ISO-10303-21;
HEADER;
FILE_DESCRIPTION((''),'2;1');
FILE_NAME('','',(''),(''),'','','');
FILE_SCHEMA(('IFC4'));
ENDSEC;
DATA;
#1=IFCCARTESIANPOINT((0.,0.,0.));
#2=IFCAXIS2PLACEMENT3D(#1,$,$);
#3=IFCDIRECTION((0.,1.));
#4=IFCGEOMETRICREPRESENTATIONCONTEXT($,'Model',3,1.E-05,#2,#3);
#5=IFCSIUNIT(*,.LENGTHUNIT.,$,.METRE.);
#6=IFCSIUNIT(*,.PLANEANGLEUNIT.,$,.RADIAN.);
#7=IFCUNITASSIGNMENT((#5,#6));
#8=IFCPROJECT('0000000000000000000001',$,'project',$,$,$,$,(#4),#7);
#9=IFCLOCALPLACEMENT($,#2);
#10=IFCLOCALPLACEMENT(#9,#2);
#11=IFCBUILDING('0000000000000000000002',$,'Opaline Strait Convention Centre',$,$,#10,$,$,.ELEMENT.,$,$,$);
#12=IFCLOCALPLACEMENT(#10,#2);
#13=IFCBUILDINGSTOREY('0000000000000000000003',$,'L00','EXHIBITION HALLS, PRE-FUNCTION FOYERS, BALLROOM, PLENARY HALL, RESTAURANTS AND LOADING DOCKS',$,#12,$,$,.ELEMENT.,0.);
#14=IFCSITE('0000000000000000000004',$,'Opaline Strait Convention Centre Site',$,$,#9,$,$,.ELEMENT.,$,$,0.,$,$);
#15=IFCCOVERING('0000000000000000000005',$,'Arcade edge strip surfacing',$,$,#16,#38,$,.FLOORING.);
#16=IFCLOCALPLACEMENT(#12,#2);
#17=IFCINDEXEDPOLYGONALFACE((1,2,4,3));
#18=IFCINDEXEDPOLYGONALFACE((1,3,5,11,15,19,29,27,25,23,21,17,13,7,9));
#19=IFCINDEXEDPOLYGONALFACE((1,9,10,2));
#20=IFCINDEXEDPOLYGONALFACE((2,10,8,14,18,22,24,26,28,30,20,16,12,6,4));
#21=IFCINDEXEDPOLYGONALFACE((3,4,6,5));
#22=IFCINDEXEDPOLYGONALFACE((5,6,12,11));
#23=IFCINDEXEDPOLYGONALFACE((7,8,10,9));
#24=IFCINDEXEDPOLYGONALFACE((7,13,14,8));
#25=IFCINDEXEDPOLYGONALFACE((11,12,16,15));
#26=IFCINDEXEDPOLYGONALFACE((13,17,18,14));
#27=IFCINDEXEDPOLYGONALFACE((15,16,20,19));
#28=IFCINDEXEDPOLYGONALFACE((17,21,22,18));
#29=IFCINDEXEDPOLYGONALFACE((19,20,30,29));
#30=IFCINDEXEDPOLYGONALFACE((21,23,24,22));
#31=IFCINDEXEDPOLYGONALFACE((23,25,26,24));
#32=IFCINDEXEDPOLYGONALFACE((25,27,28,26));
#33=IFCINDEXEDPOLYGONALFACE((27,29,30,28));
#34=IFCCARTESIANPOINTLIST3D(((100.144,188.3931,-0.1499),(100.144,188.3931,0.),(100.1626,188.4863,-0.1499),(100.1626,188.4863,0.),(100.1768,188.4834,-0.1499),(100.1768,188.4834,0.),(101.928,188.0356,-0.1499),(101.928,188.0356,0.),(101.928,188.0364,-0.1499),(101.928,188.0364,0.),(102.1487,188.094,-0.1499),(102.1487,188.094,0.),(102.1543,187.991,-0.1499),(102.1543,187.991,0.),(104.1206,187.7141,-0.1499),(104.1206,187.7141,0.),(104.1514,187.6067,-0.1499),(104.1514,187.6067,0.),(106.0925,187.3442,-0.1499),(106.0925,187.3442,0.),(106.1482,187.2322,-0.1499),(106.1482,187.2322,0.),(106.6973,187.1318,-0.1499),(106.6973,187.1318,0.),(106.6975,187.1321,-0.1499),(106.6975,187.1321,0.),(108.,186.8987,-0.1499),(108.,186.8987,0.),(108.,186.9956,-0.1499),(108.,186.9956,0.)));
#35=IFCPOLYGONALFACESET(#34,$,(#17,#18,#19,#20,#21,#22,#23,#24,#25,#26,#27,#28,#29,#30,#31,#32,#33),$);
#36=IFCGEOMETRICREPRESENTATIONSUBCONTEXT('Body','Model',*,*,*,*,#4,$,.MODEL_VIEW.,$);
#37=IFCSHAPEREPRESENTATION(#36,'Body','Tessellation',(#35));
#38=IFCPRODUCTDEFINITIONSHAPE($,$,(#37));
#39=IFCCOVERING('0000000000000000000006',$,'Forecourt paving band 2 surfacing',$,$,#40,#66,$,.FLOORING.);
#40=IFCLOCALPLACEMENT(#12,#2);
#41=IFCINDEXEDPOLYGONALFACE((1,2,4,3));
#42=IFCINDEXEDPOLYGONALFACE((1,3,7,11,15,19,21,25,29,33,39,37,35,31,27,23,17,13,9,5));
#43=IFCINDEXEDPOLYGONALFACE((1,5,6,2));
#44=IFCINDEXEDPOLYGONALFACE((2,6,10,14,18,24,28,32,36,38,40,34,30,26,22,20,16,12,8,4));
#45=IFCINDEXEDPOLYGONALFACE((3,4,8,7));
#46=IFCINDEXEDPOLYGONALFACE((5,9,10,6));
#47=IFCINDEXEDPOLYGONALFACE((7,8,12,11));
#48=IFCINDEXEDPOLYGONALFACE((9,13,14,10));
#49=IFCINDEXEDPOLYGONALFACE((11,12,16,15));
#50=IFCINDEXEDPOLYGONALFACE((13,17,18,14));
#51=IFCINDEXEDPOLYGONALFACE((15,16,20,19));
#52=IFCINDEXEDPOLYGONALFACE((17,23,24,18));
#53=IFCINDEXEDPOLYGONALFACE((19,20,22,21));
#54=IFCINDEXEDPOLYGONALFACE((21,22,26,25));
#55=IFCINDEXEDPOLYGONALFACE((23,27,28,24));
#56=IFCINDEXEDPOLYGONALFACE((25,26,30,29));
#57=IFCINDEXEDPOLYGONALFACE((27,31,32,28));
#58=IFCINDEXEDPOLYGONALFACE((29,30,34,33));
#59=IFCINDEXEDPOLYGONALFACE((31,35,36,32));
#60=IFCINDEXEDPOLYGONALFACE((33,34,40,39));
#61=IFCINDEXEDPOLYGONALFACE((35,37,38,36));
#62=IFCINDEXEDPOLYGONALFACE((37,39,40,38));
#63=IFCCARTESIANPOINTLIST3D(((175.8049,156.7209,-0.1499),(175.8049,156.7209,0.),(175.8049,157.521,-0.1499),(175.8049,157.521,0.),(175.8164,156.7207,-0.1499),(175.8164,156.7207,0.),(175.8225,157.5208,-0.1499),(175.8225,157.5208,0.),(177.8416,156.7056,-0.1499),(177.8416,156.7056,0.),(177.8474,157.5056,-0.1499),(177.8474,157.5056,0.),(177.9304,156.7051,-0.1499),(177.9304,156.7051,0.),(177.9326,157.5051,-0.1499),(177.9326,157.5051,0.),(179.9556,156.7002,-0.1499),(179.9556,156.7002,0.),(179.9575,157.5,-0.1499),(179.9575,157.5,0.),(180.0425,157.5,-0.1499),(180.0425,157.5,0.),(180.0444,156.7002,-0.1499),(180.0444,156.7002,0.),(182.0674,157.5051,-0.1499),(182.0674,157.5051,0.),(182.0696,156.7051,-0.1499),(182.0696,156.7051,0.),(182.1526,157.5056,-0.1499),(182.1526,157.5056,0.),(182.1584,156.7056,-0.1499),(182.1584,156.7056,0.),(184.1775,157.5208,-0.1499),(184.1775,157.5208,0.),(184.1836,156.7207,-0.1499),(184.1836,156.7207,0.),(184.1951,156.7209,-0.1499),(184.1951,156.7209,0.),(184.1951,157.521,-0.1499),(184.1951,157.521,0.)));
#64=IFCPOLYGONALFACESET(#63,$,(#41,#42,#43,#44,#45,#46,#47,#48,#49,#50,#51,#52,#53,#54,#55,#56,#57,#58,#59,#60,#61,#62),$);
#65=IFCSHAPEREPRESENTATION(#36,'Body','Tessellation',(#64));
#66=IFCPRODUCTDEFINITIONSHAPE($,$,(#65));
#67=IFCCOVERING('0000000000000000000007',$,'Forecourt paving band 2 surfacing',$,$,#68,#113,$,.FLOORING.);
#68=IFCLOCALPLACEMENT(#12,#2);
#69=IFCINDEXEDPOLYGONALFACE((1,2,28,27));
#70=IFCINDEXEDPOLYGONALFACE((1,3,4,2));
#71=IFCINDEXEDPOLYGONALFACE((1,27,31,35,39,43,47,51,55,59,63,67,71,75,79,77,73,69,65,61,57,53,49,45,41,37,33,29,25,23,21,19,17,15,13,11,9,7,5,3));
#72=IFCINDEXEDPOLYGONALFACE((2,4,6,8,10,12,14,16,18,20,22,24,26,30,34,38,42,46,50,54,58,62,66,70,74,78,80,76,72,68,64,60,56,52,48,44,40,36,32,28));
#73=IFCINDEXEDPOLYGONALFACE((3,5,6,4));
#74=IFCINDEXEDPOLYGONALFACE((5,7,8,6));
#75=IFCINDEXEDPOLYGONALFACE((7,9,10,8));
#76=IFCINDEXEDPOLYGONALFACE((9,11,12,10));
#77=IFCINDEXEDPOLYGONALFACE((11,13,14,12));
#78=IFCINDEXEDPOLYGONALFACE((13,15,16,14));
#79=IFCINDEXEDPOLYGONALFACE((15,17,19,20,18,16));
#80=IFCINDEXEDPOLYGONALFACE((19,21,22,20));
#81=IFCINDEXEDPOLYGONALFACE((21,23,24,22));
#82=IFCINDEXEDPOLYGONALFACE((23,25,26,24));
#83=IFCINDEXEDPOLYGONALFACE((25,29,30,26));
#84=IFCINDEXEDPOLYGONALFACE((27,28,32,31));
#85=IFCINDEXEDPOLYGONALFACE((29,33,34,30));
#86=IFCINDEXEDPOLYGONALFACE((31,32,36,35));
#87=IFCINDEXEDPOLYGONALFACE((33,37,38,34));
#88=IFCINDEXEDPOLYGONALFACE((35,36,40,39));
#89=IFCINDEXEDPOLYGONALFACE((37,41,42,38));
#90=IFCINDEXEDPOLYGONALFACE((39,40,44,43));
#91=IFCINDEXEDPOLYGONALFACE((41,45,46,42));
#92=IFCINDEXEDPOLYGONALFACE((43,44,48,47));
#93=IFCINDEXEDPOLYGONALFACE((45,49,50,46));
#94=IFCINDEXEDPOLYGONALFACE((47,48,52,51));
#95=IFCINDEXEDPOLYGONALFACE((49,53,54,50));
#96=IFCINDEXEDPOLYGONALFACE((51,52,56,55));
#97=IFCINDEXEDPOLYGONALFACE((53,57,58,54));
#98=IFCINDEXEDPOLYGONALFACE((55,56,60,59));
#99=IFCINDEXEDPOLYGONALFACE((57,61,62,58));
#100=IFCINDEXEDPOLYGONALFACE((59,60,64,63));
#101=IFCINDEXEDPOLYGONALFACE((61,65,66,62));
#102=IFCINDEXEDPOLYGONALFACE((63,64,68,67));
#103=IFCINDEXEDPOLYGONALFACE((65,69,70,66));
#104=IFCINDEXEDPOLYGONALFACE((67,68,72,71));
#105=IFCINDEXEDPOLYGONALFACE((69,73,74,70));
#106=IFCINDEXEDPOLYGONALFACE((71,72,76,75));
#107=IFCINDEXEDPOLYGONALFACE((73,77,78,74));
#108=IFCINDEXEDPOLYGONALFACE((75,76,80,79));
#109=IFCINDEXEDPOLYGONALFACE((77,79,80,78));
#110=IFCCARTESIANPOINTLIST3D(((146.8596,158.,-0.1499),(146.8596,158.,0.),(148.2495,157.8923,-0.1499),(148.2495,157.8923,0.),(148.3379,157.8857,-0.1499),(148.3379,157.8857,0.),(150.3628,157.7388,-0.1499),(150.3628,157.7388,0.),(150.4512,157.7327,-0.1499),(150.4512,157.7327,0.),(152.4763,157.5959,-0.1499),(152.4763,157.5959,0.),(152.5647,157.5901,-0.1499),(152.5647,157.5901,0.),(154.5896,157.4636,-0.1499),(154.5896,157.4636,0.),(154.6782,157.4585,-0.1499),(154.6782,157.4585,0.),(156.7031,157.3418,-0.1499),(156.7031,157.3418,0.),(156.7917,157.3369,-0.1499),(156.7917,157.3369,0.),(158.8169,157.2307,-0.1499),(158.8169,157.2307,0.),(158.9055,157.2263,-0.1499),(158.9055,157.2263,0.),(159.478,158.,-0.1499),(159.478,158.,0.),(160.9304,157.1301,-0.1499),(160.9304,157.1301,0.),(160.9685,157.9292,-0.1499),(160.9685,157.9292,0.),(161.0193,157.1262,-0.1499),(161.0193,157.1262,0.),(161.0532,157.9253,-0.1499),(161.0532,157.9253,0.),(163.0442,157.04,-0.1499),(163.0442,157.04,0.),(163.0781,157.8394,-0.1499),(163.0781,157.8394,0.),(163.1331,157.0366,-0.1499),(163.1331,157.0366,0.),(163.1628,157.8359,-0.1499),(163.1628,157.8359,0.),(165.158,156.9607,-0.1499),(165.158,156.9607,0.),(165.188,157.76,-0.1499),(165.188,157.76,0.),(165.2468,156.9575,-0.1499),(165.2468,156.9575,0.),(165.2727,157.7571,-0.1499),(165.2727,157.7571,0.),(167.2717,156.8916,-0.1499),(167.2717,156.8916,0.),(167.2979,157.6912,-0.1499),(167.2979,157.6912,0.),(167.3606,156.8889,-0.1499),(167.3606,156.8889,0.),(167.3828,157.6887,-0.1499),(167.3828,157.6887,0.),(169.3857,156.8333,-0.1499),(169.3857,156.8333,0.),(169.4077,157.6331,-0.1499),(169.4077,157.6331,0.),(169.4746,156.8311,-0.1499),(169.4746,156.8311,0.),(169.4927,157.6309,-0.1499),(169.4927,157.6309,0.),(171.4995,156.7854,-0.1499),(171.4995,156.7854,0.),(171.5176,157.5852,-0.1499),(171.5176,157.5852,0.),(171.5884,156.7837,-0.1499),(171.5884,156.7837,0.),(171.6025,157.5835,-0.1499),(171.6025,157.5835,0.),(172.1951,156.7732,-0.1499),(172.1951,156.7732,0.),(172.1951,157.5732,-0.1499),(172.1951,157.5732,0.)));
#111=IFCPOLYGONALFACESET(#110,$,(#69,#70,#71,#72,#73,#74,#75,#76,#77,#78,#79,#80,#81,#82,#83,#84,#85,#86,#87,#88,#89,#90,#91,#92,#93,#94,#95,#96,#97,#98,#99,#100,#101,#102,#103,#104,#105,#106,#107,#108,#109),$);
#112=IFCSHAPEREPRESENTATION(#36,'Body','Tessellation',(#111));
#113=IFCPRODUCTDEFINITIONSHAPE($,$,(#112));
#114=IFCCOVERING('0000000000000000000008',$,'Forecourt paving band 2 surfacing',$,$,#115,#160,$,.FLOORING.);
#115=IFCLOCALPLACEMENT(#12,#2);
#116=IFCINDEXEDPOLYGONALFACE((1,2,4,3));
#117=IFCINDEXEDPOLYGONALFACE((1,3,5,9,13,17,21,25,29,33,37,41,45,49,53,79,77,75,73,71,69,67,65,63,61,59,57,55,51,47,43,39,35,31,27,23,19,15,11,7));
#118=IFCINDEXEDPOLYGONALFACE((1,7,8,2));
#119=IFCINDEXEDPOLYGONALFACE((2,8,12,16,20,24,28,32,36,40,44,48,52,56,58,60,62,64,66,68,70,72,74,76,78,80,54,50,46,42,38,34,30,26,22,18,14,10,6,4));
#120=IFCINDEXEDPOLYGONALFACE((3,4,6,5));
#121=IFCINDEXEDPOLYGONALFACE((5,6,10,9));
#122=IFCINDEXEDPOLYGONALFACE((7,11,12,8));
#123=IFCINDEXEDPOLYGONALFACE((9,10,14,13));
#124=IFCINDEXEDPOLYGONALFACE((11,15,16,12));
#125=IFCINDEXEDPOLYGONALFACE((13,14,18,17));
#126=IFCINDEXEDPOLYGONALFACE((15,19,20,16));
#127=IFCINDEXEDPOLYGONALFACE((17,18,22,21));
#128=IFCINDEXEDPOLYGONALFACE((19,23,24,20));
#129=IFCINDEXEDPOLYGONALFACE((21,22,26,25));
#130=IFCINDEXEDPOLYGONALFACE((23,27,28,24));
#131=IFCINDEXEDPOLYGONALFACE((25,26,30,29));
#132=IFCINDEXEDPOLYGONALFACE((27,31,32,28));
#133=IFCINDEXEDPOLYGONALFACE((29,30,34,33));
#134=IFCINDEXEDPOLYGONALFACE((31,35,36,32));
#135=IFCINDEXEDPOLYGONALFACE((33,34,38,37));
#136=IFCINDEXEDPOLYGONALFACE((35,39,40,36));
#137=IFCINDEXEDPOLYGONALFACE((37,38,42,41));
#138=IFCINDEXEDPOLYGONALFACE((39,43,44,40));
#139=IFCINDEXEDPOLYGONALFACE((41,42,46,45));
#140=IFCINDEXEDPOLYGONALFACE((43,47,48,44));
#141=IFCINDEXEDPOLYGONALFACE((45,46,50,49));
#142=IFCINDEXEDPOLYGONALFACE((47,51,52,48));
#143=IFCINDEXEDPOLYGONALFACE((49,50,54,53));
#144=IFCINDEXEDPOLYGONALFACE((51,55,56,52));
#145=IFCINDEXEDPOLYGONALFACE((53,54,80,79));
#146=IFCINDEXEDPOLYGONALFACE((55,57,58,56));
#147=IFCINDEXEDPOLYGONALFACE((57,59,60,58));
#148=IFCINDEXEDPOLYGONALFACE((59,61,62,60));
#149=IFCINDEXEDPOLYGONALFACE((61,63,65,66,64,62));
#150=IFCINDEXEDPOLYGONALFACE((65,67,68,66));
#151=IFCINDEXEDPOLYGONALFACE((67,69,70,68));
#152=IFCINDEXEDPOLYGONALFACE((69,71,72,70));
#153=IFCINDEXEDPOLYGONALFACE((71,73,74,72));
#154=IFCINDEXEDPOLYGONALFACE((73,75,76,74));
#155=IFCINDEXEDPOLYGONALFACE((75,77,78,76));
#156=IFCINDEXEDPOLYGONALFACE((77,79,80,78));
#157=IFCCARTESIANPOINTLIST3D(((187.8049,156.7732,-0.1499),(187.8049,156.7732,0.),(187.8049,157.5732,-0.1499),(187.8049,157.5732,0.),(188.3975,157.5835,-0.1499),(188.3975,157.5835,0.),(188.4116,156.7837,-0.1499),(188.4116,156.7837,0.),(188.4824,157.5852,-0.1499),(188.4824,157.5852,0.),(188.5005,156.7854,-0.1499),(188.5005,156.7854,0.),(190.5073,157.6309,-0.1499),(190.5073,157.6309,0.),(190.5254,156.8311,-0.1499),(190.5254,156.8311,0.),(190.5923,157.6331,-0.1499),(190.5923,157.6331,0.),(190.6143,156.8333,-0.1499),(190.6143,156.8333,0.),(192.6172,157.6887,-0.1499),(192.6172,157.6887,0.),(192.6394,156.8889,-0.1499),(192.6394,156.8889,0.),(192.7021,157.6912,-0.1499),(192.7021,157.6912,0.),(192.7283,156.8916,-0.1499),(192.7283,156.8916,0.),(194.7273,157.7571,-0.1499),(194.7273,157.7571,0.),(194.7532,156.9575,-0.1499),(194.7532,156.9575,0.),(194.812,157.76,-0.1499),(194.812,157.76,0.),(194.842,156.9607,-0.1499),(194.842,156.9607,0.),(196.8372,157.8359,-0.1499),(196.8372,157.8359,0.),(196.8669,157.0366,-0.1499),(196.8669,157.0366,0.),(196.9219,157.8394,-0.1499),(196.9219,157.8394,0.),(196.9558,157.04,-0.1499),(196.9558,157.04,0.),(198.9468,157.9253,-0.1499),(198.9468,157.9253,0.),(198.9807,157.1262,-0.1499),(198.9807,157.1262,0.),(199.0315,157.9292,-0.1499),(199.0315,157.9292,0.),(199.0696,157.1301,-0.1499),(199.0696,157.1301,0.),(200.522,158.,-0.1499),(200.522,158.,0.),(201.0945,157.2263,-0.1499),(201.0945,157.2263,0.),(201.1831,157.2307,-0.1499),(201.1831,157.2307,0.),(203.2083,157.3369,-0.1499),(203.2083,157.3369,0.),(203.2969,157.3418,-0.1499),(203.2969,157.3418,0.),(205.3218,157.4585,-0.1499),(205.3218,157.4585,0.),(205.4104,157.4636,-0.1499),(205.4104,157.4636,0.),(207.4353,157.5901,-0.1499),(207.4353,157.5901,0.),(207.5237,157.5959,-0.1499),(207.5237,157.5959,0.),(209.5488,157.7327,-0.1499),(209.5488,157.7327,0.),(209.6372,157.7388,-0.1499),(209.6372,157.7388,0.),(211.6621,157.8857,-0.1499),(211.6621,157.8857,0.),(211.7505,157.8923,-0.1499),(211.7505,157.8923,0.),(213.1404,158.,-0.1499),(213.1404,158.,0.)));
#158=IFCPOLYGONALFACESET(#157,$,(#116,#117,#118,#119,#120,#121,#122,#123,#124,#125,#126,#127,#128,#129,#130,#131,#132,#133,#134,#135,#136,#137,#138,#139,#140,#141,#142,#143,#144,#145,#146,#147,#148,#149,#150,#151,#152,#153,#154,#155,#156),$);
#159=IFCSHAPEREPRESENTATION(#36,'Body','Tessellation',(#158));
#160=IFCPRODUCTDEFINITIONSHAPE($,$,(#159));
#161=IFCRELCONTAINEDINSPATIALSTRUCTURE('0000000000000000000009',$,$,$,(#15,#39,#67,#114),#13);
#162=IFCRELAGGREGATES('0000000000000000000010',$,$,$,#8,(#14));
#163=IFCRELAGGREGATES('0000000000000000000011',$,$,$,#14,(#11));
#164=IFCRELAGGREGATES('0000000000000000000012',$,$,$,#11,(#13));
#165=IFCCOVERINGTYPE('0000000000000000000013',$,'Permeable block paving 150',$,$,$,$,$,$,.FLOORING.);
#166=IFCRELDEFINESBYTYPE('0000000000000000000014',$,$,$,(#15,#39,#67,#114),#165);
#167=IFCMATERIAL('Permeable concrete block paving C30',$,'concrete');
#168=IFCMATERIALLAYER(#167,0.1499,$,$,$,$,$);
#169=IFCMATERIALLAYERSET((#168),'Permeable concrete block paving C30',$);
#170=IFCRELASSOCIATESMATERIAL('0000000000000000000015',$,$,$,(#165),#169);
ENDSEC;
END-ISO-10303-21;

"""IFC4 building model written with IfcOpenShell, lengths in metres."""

from ifc_helpers import new_model, si_unit, direction, frame, origin, place, context, subcontext, project, spatial, polyline, outline, extrude, material, layer, layer_set, type_object, element, save


model = new_model("IFC4")

# Units and contexts
model_context = context("Model", 3, precision=1e-05, world=origin(), true_north=direction((0.0, 1.0)))
body_context = subcontext(model_context, "Body", "Model", "MODEL_VIEW")
ifc_project = project(units=[si_unit("LENGTHUNIT", "METRE"), si_unit("PLANEANGLEUNIT", "RADIAN")], contexts=[model_context])

# Site, building, storey
site_placement = place(None, origin())
site = spatial("IfcSite", under=ifc_project, at=site_placement, Name="Opaline Strait Convention Centre Site", CompositionType="ELEMENT", RefElevation=0.0)
building_placement = place(site_placement, origin())
building = spatial("IfcBuilding", under=site, at=building_placement, Name="Opaline Strait Convention Centre", CompositionType="ELEMENT")
storey_placement = place(building_placement, origin())
storey = spatial("IfcBuildingStorey", under=building, at=storey_placement, Name="L00", Description="EXHIBITION HALLS, PRE-FUNCTION FOYERS, BALLROOM, PLENARY HALL, RESTAURANTS AND LOADING DOCKS", CompositionType="ELEMENT", Elevation=0.0)

# Coverings
ifc_material_1 = material(Name="Permeable concrete block paving C30", Category="concrete")
ifc_layer_1 = layer(ifc_material_1, 0.1499)
ifc_layer_set_1 = layer_set([ifc_layer_1], Name="Permeable concrete block paving C30")
covering_type_1 = type_object("IfcCoveringType", Name="Permeable block paving 150", PredefinedType="FLOORING", material=ifc_layer_set_1)
covering_1_placement = place(storey_placement, frame((0.0, 0.0, -0.1499)))
element("IfcCovering", 1, at=covering_1_placement, inside=storey, type_object=covering_type_1, Name="Arcade edge strip surfacing", PredefinedType="FLOORING", context=body_context, shape_type="SweptSolid", body=[
    extrude(outline(polyline([(102.1543, 187.991), (104.1514, 187.6067), (106.1482, 187.2322), (106.6973, 187.1318), (106.6975, 187.1321), (108.0, 186.8987), (108.0, 186.9956), (106.0925, 187.3442), (104.1206, 187.7141), (102.1487, 188.094), (100.1768, 188.4834), (100.1626, 188.4863), (100.144, 188.3931), (101.928, 188.0364), (101.928, 188.0356), (102.1543, 187.991)])), origin(), (0.0, 0.0, 1.0), 0.1499),
])
covering_2_placement = place(storey_placement, frame((0.0, 0.0, -0.1499)))
element("IfcCovering", 2, at=covering_2_placement, inside=storey, type_object=covering_type_1, Name="Forecourt paving band 2 surfacing", PredefinedType="FLOORING", context=body_context, shape_type="SweptSolid", body=[
    extrude(outline(polyline([(182.1584, 156.7056), (184.1836, 156.7207), (184.1951, 156.7209), (184.1951, 157.521), (184.1775, 157.5208), (182.1526, 157.5056), (182.0674, 157.5051), (180.0425, 157.5), (179.9575, 157.5), (177.9326, 157.5051), (177.8474, 157.5056), (175.8225, 157.5208), (175.8049, 157.521), (175.8049, 156.7209), (175.8164, 156.7207), (177.8416, 156.7056), (177.9304, 156.7051), (179.9556, 156.7002), (180.0444, 156.7002), (182.0696, 156.7051), (182.1584, 156.7056)])), origin(), (0.0, 0.0, 1.0), 0.1499),
])
covering_3_placement = place(storey_placement, frame((0.0, 0.0, -0.1499)))
element("IfcCovering", 3, at=covering_3_placement, inside=storey, type_object=covering_type_1, Name="Forecourt paving band 2 surfacing", PredefinedType="FLOORING", context=body_context, shape_type="SweptSolid", body=[
    extrude(outline(polyline([(171.4995, 156.7854), (171.5884, 156.7837), (172.1951, 156.7732), (172.1951, 157.5732), (171.6025, 157.5835), (171.5176, 157.5852), (169.4927, 157.6309), (169.4077, 157.6331), (167.3828, 157.6887), (167.2979, 157.6912), (165.2727, 157.7571), (165.188, 157.76), (163.1628, 157.8359), (163.0781, 157.8394), (161.0532, 157.9253), (160.9685, 157.9292), (159.478, 158.0), (146.8596, 158.0), (148.2495, 157.8923), (148.3379, 157.8857), (150.3628, 157.7388), (150.4512, 157.7327), (152.4763, 157.5959), (152.5647, 157.5901), (154.5896, 157.4636), (154.6782, 157.4585), (156.7031, 157.3418), (156.7917, 157.3369), (158.8169, 157.2307), (158.9055, 157.2263), (160.9304, 157.1301), (161.0193, 157.1262), (163.0442, 157.04), (163.1331, 157.0366), (165.158, 156.9607), (165.2468, 156.9575), (167.2717, 156.8916), (167.3606, 156.8889), (169.3857, 156.8333), (169.4746, 156.8311), (171.4995, 156.7854)])), origin(), (0.0, 0.0, 1.0), 0.1499),
])
covering_4_placement = place(storey_placement, frame((0.0, 0.0, -0.1499)))
element("IfcCovering", 4, at=covering_4_placement, inside=storey, type_object=covering_type_1, Name="Forecourt paving band 2 surfacing", PredefinedType="FLOORING", context=body_context, shape_type="SweptSolid", body=[
    extrude(outline(polyline([(209.6372, 157.7388), (211.6621, 157.8857), (211.7505, 157.8923), (213.1404, 158.0), (200.522, 158.0), (199.0315, 157.9292), (198.9468, 157.9253), (196.9219, 157.8394), (196.8372, 157.8359), (194.812, 157.76), (194.7273, 157.7571), (192.7021, 157.6912), (192.6172, 157.6887), (190.5923, 157.6331), (190.5073, 157.6309), (188.4824, 157.5852), (188.3975, 157.5835), (187.8049, 157.5732), (187.8049, 156.7732), (188.4116, 156.7837), (188.5005, 156.7854), (190.5254, 156.8311), (190.6143, 156.8333), (192.6394, 156.8889), (192.7283, 156.8916), (194.7532, 156.9575), (194.842, 156.9607), (196.8669, 157.0366), (196.9558, 157.04), (198.9807, 157.1262), (199.0696, 157.1301), (201.0945, 157.2263), (201.1831, 157.2307), (203.2083, 157.3369), (203.2969, 157.3418), (205.3218, 157.4585), (205.4104, 157.4636), (207.4353, 157.5901), (207.5237, 157.5959), (209.5488, 157.7327), (209.6372, 157.7388)])), origin(), (0.0, 0.0, 1.0), 0.1499),
])

save(model, "model.ifc")
